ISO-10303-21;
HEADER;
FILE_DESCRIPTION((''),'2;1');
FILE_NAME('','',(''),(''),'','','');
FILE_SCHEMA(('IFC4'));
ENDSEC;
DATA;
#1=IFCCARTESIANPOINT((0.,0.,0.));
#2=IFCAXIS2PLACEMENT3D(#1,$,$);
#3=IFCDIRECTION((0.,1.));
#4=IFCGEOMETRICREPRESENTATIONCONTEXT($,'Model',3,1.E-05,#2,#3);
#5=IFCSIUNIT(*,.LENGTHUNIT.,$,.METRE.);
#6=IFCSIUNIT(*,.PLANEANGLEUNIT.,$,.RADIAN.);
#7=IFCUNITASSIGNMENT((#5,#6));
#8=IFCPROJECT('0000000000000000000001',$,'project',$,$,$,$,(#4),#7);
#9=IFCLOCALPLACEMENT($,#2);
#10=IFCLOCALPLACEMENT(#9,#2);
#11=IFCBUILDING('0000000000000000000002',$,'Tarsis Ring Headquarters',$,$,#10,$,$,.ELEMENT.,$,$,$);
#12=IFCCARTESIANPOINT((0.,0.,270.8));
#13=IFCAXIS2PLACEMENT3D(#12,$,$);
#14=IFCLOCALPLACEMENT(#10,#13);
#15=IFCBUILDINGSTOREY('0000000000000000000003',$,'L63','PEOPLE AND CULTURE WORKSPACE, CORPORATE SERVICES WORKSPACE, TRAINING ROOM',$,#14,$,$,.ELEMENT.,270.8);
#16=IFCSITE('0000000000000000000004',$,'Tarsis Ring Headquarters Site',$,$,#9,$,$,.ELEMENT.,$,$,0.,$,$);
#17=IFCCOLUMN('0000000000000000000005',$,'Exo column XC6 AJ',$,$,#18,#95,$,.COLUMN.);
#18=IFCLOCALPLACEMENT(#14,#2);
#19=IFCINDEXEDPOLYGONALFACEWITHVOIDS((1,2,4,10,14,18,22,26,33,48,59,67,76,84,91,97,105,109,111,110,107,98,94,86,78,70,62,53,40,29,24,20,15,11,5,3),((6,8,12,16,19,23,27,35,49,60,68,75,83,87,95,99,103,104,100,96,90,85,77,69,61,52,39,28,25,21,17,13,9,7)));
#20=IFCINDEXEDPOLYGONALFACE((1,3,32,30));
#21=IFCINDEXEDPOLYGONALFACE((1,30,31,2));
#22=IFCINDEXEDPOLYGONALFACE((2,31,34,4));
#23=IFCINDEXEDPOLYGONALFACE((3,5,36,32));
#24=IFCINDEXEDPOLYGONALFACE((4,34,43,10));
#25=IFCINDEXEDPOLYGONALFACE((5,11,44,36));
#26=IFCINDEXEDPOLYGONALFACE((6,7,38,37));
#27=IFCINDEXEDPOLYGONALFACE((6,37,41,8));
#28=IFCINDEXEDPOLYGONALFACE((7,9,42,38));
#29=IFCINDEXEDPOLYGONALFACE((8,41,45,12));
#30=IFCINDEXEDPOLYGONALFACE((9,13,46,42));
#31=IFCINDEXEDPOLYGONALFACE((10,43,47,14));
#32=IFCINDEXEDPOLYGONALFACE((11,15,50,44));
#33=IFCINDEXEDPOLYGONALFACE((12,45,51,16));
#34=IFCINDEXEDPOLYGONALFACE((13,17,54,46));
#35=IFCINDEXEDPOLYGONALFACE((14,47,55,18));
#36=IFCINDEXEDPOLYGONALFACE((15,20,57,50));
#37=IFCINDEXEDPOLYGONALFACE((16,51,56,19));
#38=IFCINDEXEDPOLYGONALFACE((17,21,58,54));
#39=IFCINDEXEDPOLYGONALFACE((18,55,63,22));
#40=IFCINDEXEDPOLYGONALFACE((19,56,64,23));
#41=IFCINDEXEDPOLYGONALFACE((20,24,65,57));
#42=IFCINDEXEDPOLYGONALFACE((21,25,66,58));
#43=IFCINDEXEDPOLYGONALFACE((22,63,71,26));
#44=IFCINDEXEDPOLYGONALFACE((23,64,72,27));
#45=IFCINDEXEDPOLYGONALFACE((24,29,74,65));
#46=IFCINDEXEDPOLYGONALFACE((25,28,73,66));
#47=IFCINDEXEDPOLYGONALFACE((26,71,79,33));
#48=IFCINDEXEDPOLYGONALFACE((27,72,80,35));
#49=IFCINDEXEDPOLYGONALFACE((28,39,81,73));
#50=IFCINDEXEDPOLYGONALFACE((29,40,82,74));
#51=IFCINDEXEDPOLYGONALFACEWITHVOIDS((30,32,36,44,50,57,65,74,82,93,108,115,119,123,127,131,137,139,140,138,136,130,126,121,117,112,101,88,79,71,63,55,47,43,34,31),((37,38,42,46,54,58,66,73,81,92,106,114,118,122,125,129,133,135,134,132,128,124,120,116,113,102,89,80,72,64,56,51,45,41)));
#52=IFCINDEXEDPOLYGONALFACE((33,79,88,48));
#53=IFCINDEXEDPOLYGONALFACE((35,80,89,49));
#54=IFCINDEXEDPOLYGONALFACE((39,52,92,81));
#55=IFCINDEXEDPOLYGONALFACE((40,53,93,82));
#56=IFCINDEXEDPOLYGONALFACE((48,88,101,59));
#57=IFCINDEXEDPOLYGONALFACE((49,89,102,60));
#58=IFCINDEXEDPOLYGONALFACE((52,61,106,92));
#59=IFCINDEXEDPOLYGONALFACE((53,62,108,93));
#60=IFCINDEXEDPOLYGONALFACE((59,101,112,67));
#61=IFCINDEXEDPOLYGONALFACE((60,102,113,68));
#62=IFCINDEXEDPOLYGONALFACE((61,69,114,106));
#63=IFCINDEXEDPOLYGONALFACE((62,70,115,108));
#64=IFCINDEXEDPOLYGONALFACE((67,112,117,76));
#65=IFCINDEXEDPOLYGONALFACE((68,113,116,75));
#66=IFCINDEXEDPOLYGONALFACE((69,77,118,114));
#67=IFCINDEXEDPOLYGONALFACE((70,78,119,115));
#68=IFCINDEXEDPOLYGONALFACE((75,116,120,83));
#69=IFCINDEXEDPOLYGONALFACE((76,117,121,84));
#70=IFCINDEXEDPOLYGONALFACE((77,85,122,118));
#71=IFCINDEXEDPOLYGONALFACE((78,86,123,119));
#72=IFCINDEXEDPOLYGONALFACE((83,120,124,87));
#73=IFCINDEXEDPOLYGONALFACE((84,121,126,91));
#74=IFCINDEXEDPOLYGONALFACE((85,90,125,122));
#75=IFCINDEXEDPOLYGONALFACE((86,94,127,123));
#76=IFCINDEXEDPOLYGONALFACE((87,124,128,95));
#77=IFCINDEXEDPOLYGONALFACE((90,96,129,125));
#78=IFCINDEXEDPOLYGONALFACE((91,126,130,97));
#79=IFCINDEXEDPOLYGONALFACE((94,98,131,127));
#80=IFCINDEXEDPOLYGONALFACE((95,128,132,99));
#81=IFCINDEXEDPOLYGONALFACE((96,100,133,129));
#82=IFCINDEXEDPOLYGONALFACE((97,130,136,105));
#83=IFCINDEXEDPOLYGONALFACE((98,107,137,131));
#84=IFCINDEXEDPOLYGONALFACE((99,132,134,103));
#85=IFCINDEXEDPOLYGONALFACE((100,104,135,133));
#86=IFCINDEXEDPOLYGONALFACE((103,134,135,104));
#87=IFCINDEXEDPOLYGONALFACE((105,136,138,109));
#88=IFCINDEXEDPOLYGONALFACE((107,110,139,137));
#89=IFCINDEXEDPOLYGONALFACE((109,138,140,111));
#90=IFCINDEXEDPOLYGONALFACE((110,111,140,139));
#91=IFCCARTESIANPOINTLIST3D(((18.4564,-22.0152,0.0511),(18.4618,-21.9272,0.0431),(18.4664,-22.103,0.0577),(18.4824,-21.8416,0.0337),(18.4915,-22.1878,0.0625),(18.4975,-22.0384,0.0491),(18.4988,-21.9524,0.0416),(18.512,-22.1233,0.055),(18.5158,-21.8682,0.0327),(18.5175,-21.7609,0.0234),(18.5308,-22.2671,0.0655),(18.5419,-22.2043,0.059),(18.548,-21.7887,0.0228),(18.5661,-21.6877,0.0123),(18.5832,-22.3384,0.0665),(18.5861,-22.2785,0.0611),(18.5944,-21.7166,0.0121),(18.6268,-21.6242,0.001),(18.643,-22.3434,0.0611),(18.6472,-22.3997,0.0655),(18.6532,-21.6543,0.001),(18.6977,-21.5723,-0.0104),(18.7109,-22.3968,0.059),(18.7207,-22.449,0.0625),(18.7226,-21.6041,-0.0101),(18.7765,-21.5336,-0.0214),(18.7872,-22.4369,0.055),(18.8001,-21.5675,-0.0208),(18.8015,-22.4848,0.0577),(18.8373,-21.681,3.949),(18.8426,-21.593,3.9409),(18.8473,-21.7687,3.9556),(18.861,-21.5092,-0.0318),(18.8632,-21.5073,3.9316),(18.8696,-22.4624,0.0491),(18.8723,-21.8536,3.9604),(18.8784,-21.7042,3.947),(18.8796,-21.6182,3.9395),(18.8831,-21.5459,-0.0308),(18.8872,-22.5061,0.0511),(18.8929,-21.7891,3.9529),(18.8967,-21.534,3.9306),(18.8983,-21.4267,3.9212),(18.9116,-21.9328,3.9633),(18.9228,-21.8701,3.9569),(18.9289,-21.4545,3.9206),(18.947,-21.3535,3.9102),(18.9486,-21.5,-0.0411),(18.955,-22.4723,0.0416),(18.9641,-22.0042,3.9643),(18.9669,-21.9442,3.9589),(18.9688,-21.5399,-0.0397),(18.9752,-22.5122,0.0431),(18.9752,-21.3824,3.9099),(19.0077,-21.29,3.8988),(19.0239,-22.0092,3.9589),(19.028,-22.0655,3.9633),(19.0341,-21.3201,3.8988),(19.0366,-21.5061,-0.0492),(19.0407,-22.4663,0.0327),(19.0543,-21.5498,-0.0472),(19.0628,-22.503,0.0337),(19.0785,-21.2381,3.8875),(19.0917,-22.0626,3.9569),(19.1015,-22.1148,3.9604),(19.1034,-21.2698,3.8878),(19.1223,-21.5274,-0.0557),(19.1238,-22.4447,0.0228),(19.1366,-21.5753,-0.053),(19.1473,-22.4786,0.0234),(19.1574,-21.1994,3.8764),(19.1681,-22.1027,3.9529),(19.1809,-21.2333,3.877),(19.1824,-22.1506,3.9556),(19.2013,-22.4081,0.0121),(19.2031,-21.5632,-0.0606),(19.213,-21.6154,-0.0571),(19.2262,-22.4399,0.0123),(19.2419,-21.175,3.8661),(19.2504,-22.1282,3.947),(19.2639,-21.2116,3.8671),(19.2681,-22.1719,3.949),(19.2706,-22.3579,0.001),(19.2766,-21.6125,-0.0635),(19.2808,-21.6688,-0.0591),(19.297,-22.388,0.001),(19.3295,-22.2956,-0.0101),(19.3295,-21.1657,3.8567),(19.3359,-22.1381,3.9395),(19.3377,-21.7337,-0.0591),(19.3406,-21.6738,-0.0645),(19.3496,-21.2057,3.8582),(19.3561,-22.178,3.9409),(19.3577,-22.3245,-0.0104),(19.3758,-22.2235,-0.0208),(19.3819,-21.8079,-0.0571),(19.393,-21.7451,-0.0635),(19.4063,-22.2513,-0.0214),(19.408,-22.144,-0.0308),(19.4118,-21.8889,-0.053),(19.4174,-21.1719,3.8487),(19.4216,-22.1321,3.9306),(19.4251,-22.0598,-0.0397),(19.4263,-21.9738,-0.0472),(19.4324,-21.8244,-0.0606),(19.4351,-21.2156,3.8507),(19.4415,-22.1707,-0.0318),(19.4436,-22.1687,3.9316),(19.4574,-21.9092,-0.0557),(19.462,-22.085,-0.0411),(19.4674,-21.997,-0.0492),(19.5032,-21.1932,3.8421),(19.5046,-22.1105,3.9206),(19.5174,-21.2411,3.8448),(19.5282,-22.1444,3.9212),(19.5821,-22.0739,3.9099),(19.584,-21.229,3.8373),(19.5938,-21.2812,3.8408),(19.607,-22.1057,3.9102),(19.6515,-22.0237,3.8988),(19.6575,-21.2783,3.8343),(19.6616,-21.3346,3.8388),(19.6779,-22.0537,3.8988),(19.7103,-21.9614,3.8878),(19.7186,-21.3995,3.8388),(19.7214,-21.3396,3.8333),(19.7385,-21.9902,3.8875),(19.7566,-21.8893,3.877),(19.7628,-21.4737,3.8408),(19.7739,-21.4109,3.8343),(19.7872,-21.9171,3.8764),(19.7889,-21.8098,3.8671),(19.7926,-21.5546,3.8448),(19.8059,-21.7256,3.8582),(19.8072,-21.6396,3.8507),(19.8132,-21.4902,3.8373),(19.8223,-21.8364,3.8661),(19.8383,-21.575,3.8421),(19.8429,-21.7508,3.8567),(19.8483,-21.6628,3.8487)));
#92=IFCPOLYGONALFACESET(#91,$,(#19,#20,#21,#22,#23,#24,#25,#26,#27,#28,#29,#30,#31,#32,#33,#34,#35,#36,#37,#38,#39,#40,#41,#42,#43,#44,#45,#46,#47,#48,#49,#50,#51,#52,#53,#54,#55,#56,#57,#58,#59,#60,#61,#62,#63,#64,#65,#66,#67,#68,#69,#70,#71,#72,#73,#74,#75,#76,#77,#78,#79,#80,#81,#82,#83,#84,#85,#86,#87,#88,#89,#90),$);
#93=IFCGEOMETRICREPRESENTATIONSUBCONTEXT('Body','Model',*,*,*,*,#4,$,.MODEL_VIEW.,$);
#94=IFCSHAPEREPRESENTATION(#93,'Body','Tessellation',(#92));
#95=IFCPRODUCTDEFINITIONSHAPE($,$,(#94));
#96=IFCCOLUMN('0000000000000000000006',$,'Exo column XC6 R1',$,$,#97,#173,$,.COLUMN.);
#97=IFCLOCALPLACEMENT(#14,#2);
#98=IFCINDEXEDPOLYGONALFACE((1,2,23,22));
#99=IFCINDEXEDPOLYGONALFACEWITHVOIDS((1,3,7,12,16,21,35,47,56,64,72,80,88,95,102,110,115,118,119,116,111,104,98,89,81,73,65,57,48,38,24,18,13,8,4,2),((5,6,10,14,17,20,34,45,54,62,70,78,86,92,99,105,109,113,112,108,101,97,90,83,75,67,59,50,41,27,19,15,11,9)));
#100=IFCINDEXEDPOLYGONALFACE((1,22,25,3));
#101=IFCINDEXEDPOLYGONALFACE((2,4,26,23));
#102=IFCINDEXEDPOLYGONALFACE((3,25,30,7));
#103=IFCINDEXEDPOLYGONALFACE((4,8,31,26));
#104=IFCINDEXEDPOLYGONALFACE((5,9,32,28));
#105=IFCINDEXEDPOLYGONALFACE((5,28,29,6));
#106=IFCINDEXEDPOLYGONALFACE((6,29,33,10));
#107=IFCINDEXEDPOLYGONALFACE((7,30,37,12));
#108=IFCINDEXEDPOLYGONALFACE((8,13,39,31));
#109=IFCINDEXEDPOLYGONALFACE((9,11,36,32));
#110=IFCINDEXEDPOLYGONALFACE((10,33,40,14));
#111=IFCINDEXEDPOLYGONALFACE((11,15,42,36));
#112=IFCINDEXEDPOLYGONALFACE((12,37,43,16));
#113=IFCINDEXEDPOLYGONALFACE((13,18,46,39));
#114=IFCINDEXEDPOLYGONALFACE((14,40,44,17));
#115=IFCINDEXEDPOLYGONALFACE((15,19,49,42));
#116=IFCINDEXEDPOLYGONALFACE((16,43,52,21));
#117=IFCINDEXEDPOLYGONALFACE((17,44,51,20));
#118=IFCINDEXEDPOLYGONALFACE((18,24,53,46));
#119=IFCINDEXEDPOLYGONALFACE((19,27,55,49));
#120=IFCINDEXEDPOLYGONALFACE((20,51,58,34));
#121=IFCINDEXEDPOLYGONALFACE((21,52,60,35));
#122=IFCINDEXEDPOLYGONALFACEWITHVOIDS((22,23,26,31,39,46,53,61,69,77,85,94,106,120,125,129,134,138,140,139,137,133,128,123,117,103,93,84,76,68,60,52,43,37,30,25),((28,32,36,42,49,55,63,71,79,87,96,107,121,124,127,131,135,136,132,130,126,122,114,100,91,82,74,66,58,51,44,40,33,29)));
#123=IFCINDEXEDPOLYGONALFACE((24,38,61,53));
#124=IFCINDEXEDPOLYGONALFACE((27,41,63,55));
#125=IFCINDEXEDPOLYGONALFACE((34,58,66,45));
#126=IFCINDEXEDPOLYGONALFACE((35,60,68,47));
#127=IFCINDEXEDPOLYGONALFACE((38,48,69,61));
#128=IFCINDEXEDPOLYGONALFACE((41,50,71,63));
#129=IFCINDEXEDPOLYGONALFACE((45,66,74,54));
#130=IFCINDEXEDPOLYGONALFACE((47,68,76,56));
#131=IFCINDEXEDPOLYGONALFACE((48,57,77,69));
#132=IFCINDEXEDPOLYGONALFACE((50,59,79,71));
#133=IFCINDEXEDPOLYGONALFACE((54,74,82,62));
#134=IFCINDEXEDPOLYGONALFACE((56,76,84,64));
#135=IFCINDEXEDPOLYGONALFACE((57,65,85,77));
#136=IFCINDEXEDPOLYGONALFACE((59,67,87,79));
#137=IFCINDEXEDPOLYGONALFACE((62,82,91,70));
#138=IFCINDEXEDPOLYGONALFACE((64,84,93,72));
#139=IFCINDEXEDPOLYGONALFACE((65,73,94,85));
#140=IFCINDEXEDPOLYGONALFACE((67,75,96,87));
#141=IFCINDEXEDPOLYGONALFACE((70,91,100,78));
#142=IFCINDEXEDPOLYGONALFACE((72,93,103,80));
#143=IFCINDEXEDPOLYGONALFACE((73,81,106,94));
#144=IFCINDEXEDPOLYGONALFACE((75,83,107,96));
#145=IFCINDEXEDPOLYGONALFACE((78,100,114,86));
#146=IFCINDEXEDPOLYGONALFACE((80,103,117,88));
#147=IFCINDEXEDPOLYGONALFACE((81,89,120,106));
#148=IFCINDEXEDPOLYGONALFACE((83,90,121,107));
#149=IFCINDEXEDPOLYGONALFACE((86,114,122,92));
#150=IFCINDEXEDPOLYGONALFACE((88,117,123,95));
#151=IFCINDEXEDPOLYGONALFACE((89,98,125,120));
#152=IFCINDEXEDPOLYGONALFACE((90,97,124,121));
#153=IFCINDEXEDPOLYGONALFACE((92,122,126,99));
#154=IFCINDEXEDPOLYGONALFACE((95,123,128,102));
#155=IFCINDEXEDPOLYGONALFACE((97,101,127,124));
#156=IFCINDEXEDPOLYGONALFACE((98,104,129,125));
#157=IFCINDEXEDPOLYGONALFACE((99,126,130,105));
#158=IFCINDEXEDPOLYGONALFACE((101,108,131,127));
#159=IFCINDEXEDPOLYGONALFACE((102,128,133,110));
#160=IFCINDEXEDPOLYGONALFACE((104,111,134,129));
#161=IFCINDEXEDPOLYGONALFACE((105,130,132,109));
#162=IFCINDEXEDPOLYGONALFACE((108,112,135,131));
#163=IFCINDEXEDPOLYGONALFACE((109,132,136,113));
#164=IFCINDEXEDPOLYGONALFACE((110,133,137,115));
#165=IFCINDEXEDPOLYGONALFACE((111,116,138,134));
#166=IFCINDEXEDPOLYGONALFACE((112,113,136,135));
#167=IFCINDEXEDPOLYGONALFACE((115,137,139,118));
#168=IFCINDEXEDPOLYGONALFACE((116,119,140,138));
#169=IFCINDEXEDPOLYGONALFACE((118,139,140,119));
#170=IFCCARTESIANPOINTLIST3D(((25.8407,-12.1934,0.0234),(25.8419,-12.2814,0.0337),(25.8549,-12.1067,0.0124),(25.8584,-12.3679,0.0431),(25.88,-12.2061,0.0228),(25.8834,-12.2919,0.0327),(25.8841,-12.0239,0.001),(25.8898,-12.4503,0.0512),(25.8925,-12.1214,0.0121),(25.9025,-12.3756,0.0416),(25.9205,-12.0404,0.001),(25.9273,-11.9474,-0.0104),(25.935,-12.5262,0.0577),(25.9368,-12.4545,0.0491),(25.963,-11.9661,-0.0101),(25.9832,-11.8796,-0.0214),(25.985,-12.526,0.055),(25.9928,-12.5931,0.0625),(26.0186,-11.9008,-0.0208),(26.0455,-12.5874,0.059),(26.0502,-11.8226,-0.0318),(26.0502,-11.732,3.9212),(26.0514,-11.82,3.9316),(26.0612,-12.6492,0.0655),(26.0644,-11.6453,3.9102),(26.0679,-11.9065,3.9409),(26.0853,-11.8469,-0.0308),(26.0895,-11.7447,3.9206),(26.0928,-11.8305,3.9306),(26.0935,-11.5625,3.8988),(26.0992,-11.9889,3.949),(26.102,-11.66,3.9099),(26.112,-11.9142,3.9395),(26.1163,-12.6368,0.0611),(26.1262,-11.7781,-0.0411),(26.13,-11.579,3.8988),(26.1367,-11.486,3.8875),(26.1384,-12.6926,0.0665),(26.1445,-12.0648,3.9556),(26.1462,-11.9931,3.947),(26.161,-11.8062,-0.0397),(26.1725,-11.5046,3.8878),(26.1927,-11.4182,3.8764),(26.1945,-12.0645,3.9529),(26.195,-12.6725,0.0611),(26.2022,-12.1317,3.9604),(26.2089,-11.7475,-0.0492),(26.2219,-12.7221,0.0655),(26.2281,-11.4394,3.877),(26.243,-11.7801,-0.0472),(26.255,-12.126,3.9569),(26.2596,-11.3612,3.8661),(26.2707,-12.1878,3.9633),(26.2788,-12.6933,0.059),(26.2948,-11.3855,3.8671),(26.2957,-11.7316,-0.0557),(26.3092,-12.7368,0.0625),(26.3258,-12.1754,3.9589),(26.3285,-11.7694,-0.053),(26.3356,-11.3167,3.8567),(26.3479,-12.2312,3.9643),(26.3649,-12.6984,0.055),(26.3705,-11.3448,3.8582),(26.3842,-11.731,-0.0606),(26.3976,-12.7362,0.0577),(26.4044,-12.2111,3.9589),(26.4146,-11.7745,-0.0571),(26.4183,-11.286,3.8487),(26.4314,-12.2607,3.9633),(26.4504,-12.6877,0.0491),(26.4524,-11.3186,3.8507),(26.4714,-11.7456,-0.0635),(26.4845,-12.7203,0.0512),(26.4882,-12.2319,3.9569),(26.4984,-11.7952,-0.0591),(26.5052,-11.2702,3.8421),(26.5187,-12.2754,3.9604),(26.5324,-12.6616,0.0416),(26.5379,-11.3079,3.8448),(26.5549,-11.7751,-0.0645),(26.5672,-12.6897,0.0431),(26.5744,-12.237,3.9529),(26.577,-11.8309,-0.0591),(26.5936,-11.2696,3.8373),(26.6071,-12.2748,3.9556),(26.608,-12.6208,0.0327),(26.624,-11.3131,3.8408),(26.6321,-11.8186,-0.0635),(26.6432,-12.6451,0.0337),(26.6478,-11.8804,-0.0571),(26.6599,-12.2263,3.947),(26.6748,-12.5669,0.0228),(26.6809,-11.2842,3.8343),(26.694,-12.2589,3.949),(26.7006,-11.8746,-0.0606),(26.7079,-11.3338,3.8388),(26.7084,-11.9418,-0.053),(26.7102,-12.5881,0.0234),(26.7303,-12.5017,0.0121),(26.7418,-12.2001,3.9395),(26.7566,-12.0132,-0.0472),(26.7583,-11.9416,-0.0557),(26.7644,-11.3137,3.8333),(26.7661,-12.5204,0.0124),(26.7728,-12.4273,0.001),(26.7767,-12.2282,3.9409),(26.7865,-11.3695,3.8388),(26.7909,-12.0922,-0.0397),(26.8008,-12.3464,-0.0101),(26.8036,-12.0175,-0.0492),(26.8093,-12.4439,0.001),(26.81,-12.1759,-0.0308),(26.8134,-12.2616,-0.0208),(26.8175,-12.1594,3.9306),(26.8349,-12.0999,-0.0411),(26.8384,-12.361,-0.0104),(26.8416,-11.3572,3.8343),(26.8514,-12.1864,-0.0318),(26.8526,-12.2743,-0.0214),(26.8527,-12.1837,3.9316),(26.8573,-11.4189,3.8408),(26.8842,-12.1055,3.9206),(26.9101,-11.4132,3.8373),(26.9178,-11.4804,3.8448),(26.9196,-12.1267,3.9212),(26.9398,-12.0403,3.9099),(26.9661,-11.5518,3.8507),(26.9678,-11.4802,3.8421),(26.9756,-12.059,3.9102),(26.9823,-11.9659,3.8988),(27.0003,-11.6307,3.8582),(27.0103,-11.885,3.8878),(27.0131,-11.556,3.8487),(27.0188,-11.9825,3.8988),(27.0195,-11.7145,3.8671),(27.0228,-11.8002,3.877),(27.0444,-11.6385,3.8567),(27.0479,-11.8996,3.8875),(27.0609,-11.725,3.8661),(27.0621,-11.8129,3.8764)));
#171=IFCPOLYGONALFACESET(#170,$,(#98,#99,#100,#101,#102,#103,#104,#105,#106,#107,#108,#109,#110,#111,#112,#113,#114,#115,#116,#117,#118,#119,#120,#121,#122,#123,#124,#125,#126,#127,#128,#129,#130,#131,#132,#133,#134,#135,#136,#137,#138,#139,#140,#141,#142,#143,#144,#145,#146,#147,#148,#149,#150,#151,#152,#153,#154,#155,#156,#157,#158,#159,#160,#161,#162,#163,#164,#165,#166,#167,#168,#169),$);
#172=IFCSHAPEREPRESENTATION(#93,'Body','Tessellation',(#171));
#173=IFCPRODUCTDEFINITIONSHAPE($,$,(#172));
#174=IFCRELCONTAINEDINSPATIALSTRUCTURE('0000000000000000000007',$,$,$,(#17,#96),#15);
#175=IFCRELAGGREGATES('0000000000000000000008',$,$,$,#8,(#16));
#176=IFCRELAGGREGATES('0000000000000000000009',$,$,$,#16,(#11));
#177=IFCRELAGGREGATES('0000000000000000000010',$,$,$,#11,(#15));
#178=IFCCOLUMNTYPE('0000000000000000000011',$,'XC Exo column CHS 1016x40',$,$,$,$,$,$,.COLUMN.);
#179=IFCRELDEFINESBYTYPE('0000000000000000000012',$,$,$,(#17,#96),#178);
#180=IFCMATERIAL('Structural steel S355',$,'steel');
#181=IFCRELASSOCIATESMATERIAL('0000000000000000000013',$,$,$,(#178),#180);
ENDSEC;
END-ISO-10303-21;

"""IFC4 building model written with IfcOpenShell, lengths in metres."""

from ifc_helpers import new_model, si_unit, direction, frame, origin, origin_2d, place, context, subcontext, project, spatial, hollow_circle, extrude, material, material_profile, profile_set, type_object, element, save


model = new_model("IFC4")

# Units and contexts
model_context = context("Model", 3, precision=1e-05, world=origin(), true_north=direction((0.0, 1.0)))
body_context = subcontext(model_context, "Body", "Model", "MODEL_VIEW")
ifc_project = project(units=[si_unit("LENGTHUNIT", "METRE"), si_unit("PLANEANGLEUNIT", "RADIAN")], contexts=[model_context])

# Site, building, storey
site_placement = place(None, origin())
site = spatial("IfcSite", under=ifc_project, at=site_placement, Name="Tarsis Ring Headquarters Site", CompositionType="ELEMENT", RefElevation=0.0)
building_placement = place(site_placement, origin())
building = spatial("IfcBuilding", under=site, at=building_placement, Name="Tarsis Ring Headquarters", CompositionType="ELEMENT")
storey_placement = place(building_placement, frame((0.0, 0.0, 270.8)))
storey = spatial("IfcBuildingStorey", under=building, at=storey_placement, Name="L63", Description="PEOPLE AND CULTURE WORKSPACE, CORPORATE SERVICES WORKSPACE, TRAINING ROOM", CompositionType="ELEMENT", Elevation=270.8)

# Columns
ifc_material_1 = material(Name="Structural steel S355", Category="steel")
ifc_material_profile_1 = material_profile(ifc_material_1, hollow_circle(Radius=0.5081, WallThickness=0.04, at=origin_2d()), Name="CHS 1016x40")
ifc_profile_set_1 = profile_set([ifc_material_profile_1], Name="Structural steel S355")
column_type = type_object("IfcColumnType", Name="XC Exo column CHS 1016x40", PredefinedType="COLUMN", material=ifc_profile_set_1)
for number, where, z_axis, x_axis, name in (
    (1, (18.9619, -22.0061, 0.001), (0.096892, 0.085029, 0.991656), (-0.659595, 0.751621, 0.0), "Exo column XC6 AJ"),
    (2, (26.3467, -12.2339, 0.001), (0.053291, 0.117389, 0.991655), (-0.910564, 0.413367, 0.0), "Exo column XC6 R1"),
):
    element("IfcColumn", number, at=place(storey_placement, frame(where, z_axis=z_axis, x_axis=x_axis)), inside=storey, type_object=column_type, Name=name, PredefinedType="COLUMN", context=body_context, shape_type="SweptSolid", body=[
        extrude(hollow_circle(Radius=0.5081, WallThickness=0.04, at=origin_2d()), origin(), (0.0, 0.0, 1.0), 3.9307),
    ])

save(model, "model.ifc")
